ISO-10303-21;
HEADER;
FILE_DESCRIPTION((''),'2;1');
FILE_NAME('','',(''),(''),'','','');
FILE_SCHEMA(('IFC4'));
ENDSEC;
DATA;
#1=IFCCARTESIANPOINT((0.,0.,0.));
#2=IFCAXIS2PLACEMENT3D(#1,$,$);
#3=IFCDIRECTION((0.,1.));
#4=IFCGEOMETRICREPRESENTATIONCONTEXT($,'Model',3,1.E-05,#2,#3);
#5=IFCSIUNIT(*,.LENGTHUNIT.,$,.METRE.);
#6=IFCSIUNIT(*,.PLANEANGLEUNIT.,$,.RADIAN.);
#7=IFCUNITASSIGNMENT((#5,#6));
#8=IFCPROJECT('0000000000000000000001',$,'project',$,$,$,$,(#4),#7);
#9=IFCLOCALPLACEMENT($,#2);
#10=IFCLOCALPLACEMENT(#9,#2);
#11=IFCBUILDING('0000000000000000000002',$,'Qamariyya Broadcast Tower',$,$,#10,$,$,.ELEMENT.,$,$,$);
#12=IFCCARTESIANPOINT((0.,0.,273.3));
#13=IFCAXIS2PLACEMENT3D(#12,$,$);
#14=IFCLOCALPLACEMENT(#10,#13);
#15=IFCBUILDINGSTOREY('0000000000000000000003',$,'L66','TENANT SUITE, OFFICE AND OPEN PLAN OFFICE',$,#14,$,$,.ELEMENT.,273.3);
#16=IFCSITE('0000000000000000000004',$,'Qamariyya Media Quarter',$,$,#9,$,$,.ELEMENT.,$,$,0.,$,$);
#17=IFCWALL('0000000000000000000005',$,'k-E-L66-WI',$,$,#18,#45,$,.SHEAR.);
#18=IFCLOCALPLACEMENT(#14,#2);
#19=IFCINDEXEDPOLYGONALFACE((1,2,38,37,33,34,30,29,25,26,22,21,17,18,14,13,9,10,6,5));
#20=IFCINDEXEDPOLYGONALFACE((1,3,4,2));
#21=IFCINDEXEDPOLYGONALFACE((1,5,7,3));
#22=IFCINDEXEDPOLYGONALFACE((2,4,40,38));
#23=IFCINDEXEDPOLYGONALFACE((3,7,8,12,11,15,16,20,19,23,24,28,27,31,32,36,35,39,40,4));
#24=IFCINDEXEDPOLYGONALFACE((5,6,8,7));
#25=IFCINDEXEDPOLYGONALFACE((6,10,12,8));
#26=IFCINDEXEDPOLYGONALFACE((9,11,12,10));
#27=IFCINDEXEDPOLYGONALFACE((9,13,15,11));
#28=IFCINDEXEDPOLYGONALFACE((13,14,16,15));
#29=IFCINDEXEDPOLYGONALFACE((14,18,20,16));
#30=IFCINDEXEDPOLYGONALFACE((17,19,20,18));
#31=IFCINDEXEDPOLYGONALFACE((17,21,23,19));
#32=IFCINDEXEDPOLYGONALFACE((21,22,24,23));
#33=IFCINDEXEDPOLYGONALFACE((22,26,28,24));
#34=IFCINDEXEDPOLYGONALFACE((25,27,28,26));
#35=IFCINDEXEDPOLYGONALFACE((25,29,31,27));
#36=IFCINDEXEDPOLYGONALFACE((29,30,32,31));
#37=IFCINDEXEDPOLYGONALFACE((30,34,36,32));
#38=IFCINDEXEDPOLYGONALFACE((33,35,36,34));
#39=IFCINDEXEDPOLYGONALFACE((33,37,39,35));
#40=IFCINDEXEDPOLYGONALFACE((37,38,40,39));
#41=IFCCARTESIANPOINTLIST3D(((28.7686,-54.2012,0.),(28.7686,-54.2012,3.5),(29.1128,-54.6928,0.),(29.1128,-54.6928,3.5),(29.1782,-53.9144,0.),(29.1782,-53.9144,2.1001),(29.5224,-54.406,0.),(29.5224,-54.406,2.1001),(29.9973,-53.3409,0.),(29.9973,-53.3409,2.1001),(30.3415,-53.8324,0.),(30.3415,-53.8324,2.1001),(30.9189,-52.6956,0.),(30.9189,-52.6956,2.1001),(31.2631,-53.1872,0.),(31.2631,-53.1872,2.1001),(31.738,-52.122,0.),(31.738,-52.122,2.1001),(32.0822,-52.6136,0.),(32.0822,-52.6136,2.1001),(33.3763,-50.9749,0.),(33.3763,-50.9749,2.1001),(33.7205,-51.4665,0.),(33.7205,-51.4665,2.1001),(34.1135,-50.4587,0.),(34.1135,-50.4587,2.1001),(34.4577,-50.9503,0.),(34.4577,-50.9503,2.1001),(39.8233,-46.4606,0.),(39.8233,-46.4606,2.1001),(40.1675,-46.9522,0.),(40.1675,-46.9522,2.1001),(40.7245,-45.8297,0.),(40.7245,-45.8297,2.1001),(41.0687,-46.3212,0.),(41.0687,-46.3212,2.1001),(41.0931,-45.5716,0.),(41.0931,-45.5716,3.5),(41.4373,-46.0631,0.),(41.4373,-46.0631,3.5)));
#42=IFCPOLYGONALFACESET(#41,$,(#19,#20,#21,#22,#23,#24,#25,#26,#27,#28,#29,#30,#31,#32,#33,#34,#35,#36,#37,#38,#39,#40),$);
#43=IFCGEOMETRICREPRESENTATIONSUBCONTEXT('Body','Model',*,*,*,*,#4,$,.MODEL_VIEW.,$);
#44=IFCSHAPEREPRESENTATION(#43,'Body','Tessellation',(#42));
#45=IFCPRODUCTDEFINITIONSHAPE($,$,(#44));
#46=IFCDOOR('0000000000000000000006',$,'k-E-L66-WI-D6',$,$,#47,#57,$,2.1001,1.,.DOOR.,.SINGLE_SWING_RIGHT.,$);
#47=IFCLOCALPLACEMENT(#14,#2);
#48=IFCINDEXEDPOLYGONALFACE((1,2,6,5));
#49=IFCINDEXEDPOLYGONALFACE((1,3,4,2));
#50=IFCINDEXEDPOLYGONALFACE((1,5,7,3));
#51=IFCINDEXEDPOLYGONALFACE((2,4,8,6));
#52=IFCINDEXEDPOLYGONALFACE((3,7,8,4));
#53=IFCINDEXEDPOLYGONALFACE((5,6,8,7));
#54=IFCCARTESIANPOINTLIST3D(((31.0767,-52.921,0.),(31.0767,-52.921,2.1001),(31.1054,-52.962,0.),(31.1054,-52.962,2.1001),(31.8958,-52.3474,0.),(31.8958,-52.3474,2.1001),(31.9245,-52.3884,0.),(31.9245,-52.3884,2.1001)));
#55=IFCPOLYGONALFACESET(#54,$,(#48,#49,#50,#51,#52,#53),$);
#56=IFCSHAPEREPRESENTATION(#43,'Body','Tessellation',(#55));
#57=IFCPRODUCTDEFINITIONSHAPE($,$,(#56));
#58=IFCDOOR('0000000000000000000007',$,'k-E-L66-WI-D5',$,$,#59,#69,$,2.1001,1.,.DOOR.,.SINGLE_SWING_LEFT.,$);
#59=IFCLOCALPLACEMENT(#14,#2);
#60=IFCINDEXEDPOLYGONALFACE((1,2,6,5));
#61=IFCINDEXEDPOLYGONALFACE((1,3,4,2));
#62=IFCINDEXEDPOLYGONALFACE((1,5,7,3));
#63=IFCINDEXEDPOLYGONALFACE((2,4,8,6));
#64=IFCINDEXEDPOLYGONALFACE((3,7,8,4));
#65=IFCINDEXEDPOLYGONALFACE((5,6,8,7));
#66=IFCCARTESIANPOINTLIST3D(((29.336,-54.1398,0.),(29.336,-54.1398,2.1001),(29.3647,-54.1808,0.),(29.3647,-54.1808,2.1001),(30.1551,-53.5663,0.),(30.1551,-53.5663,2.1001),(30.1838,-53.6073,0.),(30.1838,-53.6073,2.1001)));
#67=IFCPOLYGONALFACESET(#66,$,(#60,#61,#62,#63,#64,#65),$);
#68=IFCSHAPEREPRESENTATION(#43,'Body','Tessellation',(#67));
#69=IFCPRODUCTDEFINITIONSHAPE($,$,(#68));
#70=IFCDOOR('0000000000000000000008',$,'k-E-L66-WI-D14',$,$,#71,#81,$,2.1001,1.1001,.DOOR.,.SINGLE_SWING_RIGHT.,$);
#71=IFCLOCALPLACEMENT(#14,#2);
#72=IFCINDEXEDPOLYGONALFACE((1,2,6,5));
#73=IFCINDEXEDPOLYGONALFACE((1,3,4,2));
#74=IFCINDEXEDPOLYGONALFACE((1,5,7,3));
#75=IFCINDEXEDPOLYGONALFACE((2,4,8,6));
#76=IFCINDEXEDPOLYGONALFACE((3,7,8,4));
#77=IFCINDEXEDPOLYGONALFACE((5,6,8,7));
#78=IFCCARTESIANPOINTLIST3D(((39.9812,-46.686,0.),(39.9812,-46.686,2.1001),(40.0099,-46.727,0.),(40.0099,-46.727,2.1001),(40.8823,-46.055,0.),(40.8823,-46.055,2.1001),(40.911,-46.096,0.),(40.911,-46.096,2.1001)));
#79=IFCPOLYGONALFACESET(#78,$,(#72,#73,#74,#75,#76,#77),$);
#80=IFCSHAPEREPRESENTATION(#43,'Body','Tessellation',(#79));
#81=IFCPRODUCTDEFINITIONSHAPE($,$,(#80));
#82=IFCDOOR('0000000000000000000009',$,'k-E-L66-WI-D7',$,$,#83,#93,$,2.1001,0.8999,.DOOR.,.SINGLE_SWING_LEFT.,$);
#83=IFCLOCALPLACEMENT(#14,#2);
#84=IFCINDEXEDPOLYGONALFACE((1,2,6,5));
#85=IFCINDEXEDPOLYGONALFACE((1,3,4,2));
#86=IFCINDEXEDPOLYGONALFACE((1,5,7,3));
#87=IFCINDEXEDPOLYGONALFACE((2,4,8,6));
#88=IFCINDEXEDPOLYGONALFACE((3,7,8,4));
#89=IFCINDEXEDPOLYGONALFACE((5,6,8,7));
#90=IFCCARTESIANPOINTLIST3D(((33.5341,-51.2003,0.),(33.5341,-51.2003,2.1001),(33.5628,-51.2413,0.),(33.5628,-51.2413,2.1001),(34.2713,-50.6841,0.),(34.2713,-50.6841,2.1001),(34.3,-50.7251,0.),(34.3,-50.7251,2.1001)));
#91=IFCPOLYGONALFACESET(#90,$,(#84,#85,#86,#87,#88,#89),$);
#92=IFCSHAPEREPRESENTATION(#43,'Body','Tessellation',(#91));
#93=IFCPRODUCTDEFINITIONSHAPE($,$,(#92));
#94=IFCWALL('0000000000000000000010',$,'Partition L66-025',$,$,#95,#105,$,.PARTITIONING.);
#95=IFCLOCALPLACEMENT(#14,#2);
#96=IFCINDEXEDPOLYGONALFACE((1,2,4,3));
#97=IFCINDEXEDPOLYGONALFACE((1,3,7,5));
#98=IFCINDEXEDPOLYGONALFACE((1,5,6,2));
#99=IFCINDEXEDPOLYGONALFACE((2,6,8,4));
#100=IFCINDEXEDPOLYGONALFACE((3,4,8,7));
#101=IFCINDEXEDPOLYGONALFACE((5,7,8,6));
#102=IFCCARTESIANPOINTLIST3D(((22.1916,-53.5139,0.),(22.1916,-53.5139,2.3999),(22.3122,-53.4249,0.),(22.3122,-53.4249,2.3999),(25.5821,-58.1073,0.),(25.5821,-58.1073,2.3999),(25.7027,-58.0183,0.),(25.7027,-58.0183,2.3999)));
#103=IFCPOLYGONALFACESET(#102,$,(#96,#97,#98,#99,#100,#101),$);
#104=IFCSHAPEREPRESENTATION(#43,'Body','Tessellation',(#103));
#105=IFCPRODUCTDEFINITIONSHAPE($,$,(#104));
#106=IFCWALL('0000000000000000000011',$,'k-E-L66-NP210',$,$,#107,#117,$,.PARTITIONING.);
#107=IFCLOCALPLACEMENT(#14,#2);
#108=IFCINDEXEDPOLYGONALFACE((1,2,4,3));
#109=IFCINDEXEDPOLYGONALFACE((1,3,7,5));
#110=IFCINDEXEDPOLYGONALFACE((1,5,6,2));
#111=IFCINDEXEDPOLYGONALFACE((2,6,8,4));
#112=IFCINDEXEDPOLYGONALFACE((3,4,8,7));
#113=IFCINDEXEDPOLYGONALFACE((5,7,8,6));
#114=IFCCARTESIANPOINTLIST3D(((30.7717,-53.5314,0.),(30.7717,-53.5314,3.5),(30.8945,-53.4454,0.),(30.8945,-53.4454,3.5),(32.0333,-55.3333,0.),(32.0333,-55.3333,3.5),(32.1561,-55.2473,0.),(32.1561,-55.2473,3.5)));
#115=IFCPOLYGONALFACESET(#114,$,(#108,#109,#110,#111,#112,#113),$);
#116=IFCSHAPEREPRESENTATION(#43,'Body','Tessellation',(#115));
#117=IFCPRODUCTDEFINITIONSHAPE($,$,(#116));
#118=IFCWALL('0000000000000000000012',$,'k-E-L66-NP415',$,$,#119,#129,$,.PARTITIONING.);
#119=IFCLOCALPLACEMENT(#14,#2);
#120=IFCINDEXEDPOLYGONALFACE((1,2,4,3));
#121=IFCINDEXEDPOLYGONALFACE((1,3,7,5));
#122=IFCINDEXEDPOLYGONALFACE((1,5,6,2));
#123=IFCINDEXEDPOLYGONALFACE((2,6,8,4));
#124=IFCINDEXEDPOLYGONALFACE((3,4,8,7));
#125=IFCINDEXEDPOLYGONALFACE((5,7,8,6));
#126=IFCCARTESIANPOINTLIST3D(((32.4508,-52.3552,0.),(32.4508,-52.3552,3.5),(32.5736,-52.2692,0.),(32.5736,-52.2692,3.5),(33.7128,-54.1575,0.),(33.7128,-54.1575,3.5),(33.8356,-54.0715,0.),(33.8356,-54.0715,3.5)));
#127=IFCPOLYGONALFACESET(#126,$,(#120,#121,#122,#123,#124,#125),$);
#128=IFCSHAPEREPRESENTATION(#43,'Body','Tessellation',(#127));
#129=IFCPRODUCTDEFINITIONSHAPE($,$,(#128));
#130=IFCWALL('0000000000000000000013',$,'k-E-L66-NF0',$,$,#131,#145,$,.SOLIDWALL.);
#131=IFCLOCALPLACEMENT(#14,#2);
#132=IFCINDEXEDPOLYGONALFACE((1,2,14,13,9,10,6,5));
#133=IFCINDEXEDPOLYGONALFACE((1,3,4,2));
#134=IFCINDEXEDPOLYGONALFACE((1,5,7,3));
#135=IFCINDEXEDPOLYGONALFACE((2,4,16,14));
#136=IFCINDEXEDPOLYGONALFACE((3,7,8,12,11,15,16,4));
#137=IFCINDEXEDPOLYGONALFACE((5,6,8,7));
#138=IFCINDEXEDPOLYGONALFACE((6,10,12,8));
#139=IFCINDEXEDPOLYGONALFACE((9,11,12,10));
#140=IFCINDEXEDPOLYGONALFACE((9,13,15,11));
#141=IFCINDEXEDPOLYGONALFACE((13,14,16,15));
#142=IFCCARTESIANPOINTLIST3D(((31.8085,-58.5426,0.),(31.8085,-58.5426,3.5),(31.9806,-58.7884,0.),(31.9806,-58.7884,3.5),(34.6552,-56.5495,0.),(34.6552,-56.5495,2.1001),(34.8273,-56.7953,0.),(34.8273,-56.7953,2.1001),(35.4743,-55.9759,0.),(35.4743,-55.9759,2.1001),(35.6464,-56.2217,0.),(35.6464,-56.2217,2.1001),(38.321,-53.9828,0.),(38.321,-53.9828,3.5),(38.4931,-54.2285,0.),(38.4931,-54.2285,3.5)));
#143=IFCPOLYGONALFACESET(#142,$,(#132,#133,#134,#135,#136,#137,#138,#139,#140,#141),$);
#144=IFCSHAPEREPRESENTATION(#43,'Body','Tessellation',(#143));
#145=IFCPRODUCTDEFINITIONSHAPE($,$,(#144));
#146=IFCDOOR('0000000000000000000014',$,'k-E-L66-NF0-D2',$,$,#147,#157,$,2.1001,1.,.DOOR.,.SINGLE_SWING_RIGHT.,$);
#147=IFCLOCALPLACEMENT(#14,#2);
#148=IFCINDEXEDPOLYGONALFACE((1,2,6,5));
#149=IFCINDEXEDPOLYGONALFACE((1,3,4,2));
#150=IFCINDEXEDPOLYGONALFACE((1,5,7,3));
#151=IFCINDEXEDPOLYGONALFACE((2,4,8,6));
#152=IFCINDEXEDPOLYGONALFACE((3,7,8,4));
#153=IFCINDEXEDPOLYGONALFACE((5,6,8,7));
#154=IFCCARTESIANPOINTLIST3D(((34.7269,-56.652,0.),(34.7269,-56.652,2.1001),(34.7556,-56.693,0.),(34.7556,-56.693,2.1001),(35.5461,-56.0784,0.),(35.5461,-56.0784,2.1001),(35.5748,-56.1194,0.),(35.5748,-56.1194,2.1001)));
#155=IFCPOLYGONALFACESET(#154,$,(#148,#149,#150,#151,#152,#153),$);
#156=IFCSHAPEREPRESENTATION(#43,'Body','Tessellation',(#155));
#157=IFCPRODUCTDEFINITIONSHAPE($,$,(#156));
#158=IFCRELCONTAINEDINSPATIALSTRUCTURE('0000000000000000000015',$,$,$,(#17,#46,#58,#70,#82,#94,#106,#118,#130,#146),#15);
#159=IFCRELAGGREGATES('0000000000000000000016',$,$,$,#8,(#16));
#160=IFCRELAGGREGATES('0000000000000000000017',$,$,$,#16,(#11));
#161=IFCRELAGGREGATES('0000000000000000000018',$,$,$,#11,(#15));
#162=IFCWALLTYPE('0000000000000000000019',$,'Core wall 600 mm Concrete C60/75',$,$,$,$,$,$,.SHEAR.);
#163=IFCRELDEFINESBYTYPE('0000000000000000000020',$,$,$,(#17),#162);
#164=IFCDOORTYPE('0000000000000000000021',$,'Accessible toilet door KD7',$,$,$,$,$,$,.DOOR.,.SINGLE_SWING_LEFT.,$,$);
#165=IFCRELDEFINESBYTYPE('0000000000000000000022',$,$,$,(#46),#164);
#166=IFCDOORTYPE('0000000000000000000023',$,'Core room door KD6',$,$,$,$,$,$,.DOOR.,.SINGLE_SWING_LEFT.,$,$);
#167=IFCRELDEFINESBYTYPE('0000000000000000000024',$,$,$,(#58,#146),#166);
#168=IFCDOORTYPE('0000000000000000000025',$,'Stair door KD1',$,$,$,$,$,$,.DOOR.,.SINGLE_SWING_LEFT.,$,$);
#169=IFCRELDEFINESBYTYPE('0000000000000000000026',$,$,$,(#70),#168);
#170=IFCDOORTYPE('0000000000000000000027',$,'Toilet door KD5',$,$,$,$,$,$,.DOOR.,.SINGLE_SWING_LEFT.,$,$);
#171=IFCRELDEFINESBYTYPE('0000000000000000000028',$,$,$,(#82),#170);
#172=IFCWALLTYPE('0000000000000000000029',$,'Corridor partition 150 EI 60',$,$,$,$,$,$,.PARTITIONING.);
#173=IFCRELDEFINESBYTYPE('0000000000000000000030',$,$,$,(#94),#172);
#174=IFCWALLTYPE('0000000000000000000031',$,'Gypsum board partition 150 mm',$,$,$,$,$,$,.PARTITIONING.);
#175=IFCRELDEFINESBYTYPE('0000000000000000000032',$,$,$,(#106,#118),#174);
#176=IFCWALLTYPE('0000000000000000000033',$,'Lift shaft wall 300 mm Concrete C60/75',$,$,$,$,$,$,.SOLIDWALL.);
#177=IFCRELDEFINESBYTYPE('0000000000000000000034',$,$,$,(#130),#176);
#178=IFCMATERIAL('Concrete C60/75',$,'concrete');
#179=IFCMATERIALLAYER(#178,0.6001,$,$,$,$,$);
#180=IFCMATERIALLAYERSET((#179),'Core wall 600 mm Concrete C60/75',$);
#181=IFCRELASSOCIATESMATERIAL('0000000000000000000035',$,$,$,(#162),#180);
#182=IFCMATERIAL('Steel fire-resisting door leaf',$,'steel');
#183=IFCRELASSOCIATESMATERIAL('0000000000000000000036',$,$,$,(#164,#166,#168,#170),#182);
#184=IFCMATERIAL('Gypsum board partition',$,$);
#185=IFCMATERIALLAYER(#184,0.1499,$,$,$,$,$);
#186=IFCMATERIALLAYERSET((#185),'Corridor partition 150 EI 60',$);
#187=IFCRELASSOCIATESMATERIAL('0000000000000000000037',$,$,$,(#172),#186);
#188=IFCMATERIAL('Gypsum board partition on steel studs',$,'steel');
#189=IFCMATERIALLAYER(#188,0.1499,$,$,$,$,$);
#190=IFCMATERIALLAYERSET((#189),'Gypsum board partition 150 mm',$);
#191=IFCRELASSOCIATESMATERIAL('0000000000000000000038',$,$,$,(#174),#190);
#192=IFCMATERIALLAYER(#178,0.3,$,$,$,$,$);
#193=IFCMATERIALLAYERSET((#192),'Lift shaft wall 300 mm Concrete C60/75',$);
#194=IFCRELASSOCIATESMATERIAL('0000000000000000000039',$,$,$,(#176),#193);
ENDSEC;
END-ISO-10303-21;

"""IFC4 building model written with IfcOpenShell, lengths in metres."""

from ifc_helpers import new_model, si_unit, direction, frame, frame_2d, origin, place, context, subcontext, project, spatial, rectangle, extrude, material, layer, layer_set, type_object, element, fill, save


model = new_model("IFC4")

# Units and contexts
model_context = context("Model", 3, precision=1e-05, world=origin(), true_north=direction((0.0, 1.0)))
body_context = subcontext(model_context, "Body", "Model", "MODEL_VIEW")
ifc_project = project(units=[si_unit("LENGTHUNIT", "METRE"), si_unit("PLANEANGLEUNIT", "RADIAN")], contexts=[model_context])

# Site, building, storey
site_placement = place(None, origin())
site = spatial("IfcSite", under=ifc_project, at=site_placement, Name="Qamariyya Media Quarter", CompositionType="ELEMENT", RefElevation=0.0)
building_placement = place(site_placement, origin())
building = spatial("IfcBuilding", under=site, at=building_placement, Name="Qamariyya Broadcast Tower", CompositionType="ELEMENT")
storey_placement = place(building_placement, frame((0.0, 0.0, 273.3)))
storey = spatial("IfcBuildingStorey", under=building, at=storey_placement, Name="L66", Description="TENANT SUITE, OFFICE AND OPEN PLAN OFFICE", CompositionType="ELEMENT", Elevation=273.3)

# Wall, openings, doors
ifc_material_1 = material(Name="Concrete C60/75", Category="concrete")
ifc_layer_1 = layer(ifc_material_1, 0.6001)
ifc_layer_set_1 = layer_set([ifc_layer_1], Name="Core wall 600 mm Concrete C60/75")
wall_type_1 = type_object("IfcWallType", Name="Core wall 600 mm Concrete C60/75", PredefinedType="SHEAR", material=ifc_layer_set_1)
wall_1_placement = place(storey_placement, frame((28.9407, -54.447, 0.0), z_axis=(0.0, 0.0, 1.0), x_axis=(0.819153, 0.573575, 0.0)))
wall_1 = element("IfcWall", 1, at=wall_1_placement, inside=storey, type_object=wall_type_1, Name="k-E-L66-WI", PredefinedType="SHEAR", context=body_context, shape_type="SweptSolid", body=[
    extrude(rectangle(XDim=15.0454, YDim=0.6001, at=frame_2d((7.5227, 0.0))), origin(), (0.0, 0.0, 1.0), 3.5),
])
opening_1_placement = place(wall_1_placement, frame((0.5, 0.0, 0.0)))
opening_1 = element("IfcOpeningElement", 2, at=opening_1_placement, cuts=wall_1, PredefinedType="OPENING", context=body_context, shape_type="SweptSolid", body=[
    extrude(rectangle(XDim=1.0, YDim=2.1001, at=frame_2d((0.5, 1.05))), frame((0.0, 0.3101, 0.0), z_axis=(0.0, -1.0, 0.0), x_axis=(1.0, 0.0, 0.0)), (0.0, 0.0, 1.0), 0.6201),
])
opening_2_placement = place(wall_1_placement, frame((2.625, 0.0, 0.0)))
opening_2 = element("IfcOpeningElement", 3, at=opening_2_placement, cuts=wall_1, PredefinedType="OPENING", context=body_context, shape_type="SweptSolid", body=[
    extrude(rectangle(XDim=1.0, YDim=2.1001, at=frame_2d((0.5, 1.05))), frame((0.0, 0.3101, 0.0), z_axis=(0.0, -1.0, 0.0), x_axis=(1.0, 0.0, 0.0)), (0.0, 0.0, 1.0), 0.6201),
])
opening_3_placement = place(wall_1_placement, frame((5.625, 0.0, 0.0)))
opening_3 = element("IfcOpeningElement", 4, at=opening_3_placement, cuts=wall_1, PredefinedType="OPENING", context=body_context, shape_type="SweptSolid", body=[
    extrude(rectangle(XDim=0.8999, YDim=2.1001, at=frame_2d((0.45, 1.05))), frame((0.0, 0.3101, 0.0), z_axis=(0.0, -1.0, 0.0), x_axis=(1.0, 0.0, 0.0)), (0.0, 0.0, 1.0), 0.6201),
])
opening_4_placement = place(wall_1_placement, frame((13.4954, 0.0, 0.0)))
opening_4 = element("IfcOpeningElement", 5, at=opening_4_placement, cuts=wall_1, PredefinedType="OPENING", context=body_context, shape_type="SweptSolid", body=[
    extrude(rectangle(XDim=1.1001, YDim=2.1001, at=frame_2d((0.55, 1.05))), frame((0.0, 0.3101, 0.0), z_axis=(0.0, -1.0, 0.0), x_axis=(1.0, 0.0, 0.0)), (0.0, 0.0, 1.0), 0.6201),
])
ifc_material_2 = material(Name="Steel fire-resisting door leaf", Category="steel")
door_type_1 = type_object("IfcDoorType", Name="Accessible toilet door KD7", OperationType="SINGLE_SWING_LEFT", PredefinedType="DOOR", material=ifc_material_2)
door_1_placement = place(opening_2_placement, origin())
door_1 = element("IfcDoor", 6, at=door_1_placement, inside=storey, type_object=door_type_1, Name="k-E-L66-WI-D6", OperationType="SINGLE_SWING_RIGHT", OverallHeight=2.1001, OverallWidth=1.0, PredefinedType="DOOR", context=body_context, shape_type="SweptSolid", body=[
    extrude(rectangle(XDim=1.0, YDim=2.1001, at=frame_2d((0.5, 1.05))), frame((0.0, 0.0249, 0.0), z_axis=(0.0, -1.0, 0.0), x_axis=(1.0, 0.0, 0.0)), (0.0, 0.0, 1.0), 0.05),
])
fill(opening_2, door_1)
door_type_2 = type_object("IfcDoorType", Name="Core room door KD6", OperationType="SINGLE_SWING_LEFT", PredefinedType="DOOR", material=ifc_material_2)
door_2_placement = place(opening_1_placement, origin())
door_2 = element("IfcDoor", 7, at=door_2_placement, inside=storey, type_object=door_type_2, Name="k-E-L66-WI-D5", OperationType="SINGLE_SWING_LEFT", OverallHeight=2.1001, OverallWidth=1.0, PredefinedType="DOOR", context=body_context, shape_type="SweptSolid", body=[
    extrude(rectangle(XDim=1.0, YDim=2.1001, at=frame_2d((0.5, 1.05))), frame((0.0, 0.0249, 0.0), z_axis=(0.0, -1.0, 0.0), x_axis=(1.0, 0.0, 0.0)), (0.0, 0.0, 1.0), 0.05),
])
fill(opening_1, door_2)
door_type_3 = type_object("IfcDoorType", Name="Stair door KD1", OperationType="SINGLE_SWING_LEFT", PredefinedType="DOOR", material=ifc_material_2)
door_3_placement = place(opening_4_placement, origin())
door_3 = element("IfcDoor", 8, at=door_3_placement, inside=storey, type_object=door_type_3, Name="k-E-L66-WI-D14", OperationType="SINGLE_SWING_RIGHT", OverallHeight=2.1001, OverallWidth=1.1001, PredefinedType="DOOR", context=body_context, shape_type="SweptSolid", body=[
    extrude(rectangle(XDim=1.1001, YDim=2.1001, at=frame_2d((0.55, 1.05))), frame((0.0, 0.0249, 0.0), z_axis=(0.0, -1.0, 0.0), x_axis=(1.0, 0.0, 0.0)), (0.0, 0.0, 1.0), 0.05),
])
fill(opening_4, door_3)
door_type_4 = type_object("IfcDoorType", Name="Toilet door KD5", OperationType="SINGLE_SWING_LEFT", PredefinedType="DOOR", material=ifc_material_2)
door_4_placement = place(opening_3_placement, origin())
door_4 = element("IfcDoor", 9, at=door_4_placement, inside=storey, type_object=door_type_4, Name="k-E-L66-WI-D7", OperationType="SINGLE_SWING_LEFT", OverallHeight=2.1001, OverallWidth=0.8999, PredefinedType="DOOR", context=body_context, shape_type="SweptSolid", body=[
    extrude(rectangle(XDim=0.8999, YDim=2.1001, at=frame_2d((0.45, 1.05))), frame((0.0, 0.0249, 0.0), z_axis=(0.0, -1.0, 0.0), x_axis=(1.0, 0.0, 0.0)), (0.0, 0.0, 1.0), 0.05),
])
fill(opening_3, door_4)

# Walls
ifc_material_3 = material(Name="Gypsum board partition")
ifc_layer_2 = layer(ifc_material_3, 0.1499)
ifc_layer_set_2 = layer_set([ifc_layer_2], Name="Corridor partition 150 EI 60")
wall_type_2 = type_object("IfcWallType", Name="Corridor partition 150 EI 60", PredefinedType="PARTITIONING", material=ifc_layer_set_2)
wall_2_placement = place(storey_placement, frame((22.252, -53.4695, 0.0), z_axis=(0.0, 0.0, 1.0), x_axis=(0.593873, -0.804559, 0.0)))
element("IfcWall", 10, at=wall_2_placement, inside=storey, type_object=wall_type_2, Name="Partition L66-025", PredefinedType="PARTITIONING", context=body_context, shape_type="SweptSolid", body=[
    extrude(rectangle(XDim=5.7092, YDim=0.1499, at=frame_2d((2.8545, 0.0))), origin(), (0.0, 0.0, 1.0), 2.3999),
])
ifc_material_4 = material(Name="Gypsum board partition on steel studs", Category="steel")
ifc_layer_3 = layer(ifc_material_4, 0.1499)
ifc_layer_set_3 = layer_set([ifc_layer_3], Name="Gypsum board partition 150 mm")
wall_type_3 = type_object("IfcWallType", Name="Gypsum board partition 150 mm", PredefinedType="PARTITIONING", material=ifc_layer_set_3)
wall_3_placement = place(storey_placement, frame((32.0947, -55.2903, 0.0), z_axis=(0.0, 0.0, 1.0), x_axis=(-0.573559, 0.819164, 0.0)))
element("IfcWall", 11, at=wall_3_placement, inside=storey, type_object=wall_type_3, Name="k-E-L66-NP210", PredefinedType="PARTITIONING", context=body_context, shape_type="SweptSolid", body=[
    extrude(rectangle(XDim=2.1997, YDim=0.1499, at=frame_2d((1.0999, 0.0))), origin(), (0.0, 0.0, 1.0), 3.5),
])
wall_4_placement = place(storey_placement, frame((33.7742, -54.1145, 0.0), z_axis=(0.0, 0.0, 1.0), x_axis=(-0.573581, 0.819149, 0.0)))
element("IfcWall", 12, at=wall_4_placement, inside=storey, type_object=wall_type_3, Name="k-E-L66-NP415", PredefinedType="PARTITIONING", context=body_context, shape_type="SweptSolid", body=[
    extrude(rectangle(XDim=2.2002, YDim=0.1499, at=frame_2d((1.1001, 0.0))), origin(), (0.0, 0.0, 1.0), 3.5),
])

# Wall, opening, door
ifc_layer_4 = layer(ifc_material_1, 0.3)
ifc_layer_set_4 = layer_set([ifc_layer_4], Name="Lift shaft wall 300 mm Concrete C60/75")
wall_type_4 = type_object("IfcWallType", Name="Lift shaft wall 300 mm Concrete C60/75", PredefinedType="SOLIDWALL", material=ifc_layer_set_4)
wall_5_placement = place(storey_placement, frame((31.8945, -58.6655, 0.0), z_axis=(0.0, 0.0, 1.0), x_axis=(0.819167, 0.573555, 0.0)))
wall_5 = element("IfcWall", 13, at=wall_5_placement, inside=storey, type_object=wall_type_4, Name="k-E-L66-NF0", PredefinedType="SOLIDWALL", context=body_context, shape_type="SweptSolid", body=[
    extrude(rectangle(XDim=7.9502, YDim=0.3, at=frame_2d((3.9751, 0.0))), origin(), (0.0, 0.0, 1.0), 3.5),
])
opening_5_placement = place(wall_5_placement, frame((3.4751, 0.0, 0.0)))
opening_5 = element("IfcOpeningElement", 14, at=opening_5_placement, cuts=wall_5, PredefinedType="OPENING", context=body_context, shape_type="SweptSolid", body=[
    extrude(rectangle(XDim=1.0, YDim=2.1001, at=frame_2d((0.5, 1.05))), frame((0.0, 0.1599, 0.0), z_axis=(0.0, -1.0, 0.0), x_axis=(1.0, 0.0, 0.0)), (0.0, 0.0, 1.0), 0.3201),
])
door_5_placement = place(opening_5_placement, origin())
door_5 = element("IfcDoor", 15, at=door_5_placement, inside=storey, type_object=door_type_2, Name="k-E-L66-NF0-D2", OperationType="SINGLE_SWING_RIGHT", OverallHeight=2.1001, OverallWidth=1.0, PredefinedType="DOOR", context=body_context, shape_type="SweptSolid", body=[
    extrude(rectangle(XDim=1.0, YDim=2.1001, at=frame_2d((0.5, 1.05))), frame((0.0, 0.0249, 0.0), z_axis=(0.0, -1.0, 0.0), x_axis=(1.0, 0.0, 0.0)), (0.0, 0.0, 1.0), 0.05),
])
fill(opening_5, door_5)

save(model, "model.ifc")
